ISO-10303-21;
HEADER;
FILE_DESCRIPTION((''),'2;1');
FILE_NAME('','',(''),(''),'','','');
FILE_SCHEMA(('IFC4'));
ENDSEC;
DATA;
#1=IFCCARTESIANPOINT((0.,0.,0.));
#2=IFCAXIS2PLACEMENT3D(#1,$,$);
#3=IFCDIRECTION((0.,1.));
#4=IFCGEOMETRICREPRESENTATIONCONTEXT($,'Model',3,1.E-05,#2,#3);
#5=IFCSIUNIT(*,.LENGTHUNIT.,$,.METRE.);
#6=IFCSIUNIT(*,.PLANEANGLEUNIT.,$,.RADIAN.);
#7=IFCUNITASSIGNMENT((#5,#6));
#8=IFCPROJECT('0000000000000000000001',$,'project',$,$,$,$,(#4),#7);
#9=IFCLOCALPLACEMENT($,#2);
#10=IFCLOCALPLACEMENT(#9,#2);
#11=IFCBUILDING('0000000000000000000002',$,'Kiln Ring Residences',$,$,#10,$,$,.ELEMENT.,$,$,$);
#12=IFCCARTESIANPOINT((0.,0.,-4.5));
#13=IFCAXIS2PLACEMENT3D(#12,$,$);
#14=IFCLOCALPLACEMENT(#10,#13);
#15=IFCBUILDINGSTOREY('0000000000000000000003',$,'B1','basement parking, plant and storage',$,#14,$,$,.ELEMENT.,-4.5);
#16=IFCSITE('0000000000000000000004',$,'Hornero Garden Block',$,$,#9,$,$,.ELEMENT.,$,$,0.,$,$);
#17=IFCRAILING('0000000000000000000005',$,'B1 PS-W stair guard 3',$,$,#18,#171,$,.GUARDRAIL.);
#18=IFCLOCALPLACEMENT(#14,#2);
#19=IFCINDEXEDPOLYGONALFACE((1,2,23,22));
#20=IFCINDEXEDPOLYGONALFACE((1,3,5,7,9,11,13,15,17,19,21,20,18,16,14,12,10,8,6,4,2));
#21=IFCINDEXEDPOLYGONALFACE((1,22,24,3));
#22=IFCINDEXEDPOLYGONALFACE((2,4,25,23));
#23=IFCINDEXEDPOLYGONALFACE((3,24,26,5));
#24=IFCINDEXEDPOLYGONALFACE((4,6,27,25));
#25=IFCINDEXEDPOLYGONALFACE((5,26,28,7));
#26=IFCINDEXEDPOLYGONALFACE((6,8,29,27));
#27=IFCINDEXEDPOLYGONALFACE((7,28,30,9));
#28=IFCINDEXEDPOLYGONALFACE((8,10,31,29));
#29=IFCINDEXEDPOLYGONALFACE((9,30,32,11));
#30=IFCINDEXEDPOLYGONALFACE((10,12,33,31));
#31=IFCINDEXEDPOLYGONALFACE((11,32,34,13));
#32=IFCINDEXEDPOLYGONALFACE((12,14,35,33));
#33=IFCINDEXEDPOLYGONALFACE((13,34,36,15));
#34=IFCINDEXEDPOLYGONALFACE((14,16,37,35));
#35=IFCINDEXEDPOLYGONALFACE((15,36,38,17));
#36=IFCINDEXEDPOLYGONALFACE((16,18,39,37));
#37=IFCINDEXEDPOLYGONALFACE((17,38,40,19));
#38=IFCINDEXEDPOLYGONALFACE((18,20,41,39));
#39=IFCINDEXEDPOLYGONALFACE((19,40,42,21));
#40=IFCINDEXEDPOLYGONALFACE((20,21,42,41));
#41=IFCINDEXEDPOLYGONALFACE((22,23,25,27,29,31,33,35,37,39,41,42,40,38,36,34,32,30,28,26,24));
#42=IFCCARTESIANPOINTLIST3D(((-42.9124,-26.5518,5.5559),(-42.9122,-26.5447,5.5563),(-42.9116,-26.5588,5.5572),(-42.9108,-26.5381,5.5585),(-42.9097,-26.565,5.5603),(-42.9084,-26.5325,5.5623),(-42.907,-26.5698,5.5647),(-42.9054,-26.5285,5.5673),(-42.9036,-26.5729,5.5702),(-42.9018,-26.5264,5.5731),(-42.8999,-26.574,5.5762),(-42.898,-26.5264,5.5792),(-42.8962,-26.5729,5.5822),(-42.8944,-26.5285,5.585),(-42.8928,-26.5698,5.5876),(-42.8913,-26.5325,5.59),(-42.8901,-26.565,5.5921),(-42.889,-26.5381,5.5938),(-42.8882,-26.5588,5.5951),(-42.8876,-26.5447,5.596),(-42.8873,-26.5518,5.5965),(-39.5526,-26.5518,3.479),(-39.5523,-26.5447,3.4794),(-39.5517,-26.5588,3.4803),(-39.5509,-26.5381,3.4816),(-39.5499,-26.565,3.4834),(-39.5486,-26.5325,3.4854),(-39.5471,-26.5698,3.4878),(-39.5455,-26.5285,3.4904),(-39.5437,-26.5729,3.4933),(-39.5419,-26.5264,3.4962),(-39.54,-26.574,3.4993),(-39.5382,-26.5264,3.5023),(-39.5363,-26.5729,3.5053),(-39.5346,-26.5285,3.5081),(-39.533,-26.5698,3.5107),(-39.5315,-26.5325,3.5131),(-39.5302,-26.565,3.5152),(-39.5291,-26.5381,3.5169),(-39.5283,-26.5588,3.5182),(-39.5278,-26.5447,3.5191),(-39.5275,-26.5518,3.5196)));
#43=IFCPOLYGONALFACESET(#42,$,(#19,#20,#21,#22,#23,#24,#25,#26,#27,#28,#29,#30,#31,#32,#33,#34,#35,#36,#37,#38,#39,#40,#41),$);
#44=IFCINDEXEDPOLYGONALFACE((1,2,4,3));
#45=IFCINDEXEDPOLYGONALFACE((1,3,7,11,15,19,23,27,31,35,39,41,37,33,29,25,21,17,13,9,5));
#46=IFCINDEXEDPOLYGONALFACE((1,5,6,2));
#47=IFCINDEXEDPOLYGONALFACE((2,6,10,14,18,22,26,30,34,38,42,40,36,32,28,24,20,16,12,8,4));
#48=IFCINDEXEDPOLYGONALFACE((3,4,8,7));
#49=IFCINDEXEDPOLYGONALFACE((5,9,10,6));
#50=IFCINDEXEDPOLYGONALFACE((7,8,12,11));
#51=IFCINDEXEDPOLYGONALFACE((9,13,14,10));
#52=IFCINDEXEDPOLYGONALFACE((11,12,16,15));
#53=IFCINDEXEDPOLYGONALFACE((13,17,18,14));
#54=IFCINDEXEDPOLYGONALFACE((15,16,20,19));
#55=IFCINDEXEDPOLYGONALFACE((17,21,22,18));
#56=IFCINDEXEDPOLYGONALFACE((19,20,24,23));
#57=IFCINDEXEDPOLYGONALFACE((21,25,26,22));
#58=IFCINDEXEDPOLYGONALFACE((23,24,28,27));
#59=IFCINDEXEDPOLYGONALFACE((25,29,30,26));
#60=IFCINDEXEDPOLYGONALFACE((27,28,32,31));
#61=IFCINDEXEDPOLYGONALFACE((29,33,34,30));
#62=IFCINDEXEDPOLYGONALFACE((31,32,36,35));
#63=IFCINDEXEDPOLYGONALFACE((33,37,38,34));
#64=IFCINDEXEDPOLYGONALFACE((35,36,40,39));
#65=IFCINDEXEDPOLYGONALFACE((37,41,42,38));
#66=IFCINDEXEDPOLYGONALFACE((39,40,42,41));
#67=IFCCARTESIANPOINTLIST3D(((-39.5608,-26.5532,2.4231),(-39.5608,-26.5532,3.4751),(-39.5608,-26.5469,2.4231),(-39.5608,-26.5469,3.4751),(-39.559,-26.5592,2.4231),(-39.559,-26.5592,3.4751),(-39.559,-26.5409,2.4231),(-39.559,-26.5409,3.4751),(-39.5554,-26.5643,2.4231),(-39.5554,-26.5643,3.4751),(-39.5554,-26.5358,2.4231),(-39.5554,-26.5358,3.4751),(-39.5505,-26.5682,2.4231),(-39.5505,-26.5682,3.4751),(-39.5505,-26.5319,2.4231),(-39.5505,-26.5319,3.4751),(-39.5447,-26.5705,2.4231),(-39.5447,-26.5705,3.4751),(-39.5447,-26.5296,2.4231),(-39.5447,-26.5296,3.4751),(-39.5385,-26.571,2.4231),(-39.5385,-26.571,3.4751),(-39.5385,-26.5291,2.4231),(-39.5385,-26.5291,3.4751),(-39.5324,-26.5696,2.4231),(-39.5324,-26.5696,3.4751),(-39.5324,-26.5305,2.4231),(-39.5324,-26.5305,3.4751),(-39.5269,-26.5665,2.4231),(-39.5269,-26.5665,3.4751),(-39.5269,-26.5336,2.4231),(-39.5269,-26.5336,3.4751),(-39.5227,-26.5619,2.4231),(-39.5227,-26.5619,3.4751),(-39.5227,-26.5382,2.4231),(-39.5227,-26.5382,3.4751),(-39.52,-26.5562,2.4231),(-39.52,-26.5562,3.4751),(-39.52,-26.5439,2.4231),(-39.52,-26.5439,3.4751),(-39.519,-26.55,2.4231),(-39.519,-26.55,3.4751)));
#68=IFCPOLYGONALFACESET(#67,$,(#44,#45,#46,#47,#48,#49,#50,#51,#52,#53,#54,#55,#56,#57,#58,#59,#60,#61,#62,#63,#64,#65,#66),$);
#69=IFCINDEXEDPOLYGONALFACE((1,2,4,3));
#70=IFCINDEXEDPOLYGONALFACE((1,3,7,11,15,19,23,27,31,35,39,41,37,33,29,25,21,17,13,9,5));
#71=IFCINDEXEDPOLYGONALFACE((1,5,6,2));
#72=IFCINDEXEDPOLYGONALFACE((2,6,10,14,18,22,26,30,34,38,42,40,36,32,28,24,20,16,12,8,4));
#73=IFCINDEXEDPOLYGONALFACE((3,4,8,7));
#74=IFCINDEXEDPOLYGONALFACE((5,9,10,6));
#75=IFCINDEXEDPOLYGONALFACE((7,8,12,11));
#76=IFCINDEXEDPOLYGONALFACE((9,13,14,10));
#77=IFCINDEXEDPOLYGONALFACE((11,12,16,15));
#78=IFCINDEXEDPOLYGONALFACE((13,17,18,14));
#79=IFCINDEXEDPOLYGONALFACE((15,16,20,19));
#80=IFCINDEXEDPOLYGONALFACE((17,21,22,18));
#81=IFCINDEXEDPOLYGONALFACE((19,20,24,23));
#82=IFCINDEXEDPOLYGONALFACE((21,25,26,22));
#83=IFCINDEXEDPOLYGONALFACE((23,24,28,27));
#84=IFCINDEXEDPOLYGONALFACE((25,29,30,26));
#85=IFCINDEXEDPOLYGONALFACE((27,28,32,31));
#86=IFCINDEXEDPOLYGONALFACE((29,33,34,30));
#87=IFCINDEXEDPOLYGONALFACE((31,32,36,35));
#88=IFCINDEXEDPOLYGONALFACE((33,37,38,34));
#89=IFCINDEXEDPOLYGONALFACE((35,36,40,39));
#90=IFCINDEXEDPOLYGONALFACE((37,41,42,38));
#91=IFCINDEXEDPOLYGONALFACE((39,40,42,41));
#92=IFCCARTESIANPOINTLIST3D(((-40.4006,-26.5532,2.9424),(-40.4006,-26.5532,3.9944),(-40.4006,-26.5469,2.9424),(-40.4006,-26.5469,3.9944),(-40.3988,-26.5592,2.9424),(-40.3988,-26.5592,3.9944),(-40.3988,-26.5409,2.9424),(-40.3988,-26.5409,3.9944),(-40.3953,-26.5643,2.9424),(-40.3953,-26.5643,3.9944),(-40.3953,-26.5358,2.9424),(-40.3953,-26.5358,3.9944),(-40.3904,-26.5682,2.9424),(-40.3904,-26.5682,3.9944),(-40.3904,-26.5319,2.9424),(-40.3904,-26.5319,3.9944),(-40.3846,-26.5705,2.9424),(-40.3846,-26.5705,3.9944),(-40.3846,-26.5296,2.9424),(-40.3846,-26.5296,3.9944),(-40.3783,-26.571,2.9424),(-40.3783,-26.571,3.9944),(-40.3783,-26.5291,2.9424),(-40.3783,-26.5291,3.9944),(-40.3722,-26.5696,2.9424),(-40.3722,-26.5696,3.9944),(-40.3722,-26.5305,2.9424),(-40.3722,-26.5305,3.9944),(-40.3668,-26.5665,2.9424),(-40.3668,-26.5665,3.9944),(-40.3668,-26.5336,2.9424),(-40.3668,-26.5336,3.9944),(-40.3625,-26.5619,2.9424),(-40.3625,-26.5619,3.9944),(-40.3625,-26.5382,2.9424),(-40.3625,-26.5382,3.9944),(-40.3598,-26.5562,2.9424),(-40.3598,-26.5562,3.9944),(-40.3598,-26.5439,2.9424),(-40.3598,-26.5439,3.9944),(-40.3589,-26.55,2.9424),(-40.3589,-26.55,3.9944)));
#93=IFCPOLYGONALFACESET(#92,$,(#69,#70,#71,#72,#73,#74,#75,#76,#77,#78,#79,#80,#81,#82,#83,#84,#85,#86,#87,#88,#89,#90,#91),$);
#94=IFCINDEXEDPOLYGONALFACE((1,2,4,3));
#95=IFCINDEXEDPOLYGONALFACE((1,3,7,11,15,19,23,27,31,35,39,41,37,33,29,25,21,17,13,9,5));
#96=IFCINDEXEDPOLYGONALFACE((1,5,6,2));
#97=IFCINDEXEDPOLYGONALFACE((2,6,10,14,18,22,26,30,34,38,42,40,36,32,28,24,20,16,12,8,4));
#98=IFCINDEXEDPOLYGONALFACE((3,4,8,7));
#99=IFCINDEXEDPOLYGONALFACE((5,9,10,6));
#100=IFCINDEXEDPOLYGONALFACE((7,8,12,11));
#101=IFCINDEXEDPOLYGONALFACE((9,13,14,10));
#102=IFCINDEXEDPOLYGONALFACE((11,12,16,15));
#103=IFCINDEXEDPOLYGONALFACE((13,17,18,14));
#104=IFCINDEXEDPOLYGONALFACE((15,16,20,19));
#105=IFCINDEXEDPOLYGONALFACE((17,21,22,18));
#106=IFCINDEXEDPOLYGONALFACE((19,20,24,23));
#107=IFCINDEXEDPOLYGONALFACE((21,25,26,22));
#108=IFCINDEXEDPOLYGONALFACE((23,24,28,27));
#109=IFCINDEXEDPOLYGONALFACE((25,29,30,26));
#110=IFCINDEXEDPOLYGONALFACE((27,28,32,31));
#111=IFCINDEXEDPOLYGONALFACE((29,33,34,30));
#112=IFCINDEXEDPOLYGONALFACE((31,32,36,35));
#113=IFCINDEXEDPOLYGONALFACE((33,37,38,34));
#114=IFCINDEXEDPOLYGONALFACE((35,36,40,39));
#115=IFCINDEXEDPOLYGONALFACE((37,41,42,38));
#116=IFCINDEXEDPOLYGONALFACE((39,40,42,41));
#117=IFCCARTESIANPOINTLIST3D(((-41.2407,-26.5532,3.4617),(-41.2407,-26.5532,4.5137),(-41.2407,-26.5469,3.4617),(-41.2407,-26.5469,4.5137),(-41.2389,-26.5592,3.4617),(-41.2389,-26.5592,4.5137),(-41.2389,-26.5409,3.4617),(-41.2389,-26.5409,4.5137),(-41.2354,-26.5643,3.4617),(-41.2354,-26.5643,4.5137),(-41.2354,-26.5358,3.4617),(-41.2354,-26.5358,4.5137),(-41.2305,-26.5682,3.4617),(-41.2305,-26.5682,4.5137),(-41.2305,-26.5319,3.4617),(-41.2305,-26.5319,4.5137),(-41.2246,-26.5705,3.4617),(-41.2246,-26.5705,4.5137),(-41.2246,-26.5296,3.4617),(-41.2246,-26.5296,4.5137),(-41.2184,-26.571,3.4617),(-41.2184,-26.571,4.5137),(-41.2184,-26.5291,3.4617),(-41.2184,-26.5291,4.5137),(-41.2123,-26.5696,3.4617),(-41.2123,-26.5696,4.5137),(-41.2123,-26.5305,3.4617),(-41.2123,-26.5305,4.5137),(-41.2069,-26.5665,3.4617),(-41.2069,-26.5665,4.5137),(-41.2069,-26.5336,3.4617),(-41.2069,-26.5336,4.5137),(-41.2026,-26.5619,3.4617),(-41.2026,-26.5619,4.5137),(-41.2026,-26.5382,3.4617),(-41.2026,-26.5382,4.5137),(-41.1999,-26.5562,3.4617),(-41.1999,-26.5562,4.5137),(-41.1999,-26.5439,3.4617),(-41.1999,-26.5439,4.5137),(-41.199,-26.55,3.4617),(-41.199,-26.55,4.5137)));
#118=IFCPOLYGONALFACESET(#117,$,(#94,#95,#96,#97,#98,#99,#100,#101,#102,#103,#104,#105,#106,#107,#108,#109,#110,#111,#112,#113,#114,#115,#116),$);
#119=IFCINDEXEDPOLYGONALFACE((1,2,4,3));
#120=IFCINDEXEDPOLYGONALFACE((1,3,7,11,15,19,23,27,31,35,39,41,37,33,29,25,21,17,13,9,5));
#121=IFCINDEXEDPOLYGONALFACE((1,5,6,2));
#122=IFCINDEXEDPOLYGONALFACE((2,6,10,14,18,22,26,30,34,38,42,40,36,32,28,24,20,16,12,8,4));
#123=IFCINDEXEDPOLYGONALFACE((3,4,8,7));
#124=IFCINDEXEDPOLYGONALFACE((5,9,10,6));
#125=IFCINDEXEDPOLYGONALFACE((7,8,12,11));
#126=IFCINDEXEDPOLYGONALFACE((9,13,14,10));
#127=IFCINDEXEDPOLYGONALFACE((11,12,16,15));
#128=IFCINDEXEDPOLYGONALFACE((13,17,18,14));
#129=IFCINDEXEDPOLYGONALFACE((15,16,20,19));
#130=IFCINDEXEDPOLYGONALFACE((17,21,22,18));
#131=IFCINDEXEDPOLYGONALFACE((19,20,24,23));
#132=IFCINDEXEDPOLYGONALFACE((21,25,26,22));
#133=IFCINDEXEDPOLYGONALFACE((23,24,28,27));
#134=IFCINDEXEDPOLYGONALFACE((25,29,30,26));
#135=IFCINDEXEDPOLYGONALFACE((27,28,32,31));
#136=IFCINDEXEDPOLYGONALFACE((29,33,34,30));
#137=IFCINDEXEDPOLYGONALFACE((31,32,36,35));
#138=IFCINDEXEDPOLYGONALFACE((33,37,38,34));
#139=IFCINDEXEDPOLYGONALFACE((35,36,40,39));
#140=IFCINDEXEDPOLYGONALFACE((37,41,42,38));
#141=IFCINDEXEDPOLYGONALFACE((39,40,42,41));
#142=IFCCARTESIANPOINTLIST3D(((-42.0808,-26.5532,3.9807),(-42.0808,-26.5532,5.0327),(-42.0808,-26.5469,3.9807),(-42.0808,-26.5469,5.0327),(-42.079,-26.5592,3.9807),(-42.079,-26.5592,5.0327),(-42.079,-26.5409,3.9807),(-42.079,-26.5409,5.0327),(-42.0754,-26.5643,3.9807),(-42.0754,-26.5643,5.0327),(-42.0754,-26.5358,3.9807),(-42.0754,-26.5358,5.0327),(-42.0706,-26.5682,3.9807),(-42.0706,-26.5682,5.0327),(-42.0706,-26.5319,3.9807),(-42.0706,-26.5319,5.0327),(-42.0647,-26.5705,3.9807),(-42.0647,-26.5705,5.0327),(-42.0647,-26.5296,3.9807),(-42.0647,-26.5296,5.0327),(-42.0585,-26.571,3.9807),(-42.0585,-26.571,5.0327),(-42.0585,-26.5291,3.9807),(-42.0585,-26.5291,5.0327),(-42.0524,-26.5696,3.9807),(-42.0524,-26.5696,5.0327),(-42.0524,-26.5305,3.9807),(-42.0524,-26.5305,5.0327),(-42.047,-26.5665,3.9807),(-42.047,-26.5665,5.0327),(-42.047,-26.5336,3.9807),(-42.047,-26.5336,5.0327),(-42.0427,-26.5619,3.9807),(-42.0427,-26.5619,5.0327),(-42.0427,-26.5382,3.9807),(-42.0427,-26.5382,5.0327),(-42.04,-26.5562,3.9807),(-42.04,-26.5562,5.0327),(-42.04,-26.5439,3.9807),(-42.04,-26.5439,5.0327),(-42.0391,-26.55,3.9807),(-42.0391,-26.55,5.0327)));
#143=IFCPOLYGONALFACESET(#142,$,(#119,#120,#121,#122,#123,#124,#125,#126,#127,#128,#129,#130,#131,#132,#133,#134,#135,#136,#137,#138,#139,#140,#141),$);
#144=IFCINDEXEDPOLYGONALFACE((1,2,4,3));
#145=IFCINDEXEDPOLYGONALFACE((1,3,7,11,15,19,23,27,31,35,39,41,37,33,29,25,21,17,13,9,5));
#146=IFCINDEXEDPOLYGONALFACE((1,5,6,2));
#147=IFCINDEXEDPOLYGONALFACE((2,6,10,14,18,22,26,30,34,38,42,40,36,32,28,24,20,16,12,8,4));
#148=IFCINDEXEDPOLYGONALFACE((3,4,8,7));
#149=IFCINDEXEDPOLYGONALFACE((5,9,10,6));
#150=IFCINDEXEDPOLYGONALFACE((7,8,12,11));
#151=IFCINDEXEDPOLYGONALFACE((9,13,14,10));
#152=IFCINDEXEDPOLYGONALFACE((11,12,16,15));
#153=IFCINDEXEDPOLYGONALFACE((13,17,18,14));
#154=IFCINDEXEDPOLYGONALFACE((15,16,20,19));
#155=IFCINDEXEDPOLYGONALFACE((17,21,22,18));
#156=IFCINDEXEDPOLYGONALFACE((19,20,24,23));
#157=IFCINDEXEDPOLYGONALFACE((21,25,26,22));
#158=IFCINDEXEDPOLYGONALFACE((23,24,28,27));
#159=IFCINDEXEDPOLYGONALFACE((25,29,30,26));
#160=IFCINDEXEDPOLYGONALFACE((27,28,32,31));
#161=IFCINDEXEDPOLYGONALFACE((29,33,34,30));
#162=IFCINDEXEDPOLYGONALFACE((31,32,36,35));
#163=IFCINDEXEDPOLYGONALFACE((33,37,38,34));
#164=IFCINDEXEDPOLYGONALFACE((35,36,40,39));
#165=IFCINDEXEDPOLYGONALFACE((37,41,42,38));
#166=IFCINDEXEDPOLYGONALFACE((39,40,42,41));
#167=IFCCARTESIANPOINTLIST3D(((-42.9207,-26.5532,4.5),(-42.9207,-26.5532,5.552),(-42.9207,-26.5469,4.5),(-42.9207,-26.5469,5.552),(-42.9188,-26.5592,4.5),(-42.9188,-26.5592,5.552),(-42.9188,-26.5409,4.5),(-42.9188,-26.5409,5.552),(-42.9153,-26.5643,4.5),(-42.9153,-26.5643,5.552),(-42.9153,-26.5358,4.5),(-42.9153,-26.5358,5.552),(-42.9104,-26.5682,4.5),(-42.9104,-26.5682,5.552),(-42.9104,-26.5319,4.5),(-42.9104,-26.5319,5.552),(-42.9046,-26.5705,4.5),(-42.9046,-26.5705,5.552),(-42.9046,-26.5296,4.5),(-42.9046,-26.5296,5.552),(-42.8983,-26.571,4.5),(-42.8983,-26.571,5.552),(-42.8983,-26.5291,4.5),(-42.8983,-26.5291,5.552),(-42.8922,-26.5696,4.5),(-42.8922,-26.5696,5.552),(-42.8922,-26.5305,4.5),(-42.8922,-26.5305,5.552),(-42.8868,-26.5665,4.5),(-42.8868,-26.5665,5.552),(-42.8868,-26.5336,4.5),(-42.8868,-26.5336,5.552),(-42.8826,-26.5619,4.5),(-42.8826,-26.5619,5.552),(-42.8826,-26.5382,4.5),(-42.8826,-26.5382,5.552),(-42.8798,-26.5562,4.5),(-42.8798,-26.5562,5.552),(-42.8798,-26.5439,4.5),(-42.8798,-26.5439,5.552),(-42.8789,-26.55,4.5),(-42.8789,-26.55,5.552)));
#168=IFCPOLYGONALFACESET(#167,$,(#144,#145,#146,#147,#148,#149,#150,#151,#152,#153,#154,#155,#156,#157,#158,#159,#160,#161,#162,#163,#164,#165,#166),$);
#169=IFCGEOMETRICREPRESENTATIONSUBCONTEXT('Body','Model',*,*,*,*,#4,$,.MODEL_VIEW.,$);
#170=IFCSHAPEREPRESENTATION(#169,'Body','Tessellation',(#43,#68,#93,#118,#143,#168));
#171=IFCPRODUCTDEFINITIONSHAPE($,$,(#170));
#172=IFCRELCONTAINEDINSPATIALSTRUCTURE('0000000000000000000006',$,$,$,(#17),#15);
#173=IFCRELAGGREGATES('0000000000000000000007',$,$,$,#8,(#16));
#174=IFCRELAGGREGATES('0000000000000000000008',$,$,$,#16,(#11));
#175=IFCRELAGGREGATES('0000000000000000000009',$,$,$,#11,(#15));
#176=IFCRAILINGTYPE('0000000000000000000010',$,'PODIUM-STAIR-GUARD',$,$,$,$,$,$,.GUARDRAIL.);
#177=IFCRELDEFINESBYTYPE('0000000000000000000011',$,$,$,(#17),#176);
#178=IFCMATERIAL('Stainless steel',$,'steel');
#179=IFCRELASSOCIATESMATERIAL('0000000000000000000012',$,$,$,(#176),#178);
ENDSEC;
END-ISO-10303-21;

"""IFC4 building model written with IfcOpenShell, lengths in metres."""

from ifc_helpers import new_model, si_unit, direction, frame, origin, origin_2d, place, context, subcontext, project, spatial, circle, extrude, material, type_object, element, save


model = new_model("IFC4")

# Units and contexts
model_context = context("Model", 3, precision=1e-05, world=origin(), true_north=direction((0.0, 1.0)))
body_context = subcontext(model_context, "Body", "Model", "MODEL_VIEW")
ifc_project = project(units=[si_unit("LENGTHUNIT", "METRE"), si_unit("PLANEANGLEUNIT", "RADIAN")], contexts=[model_context])

# Site, building, storey
site_placement = place(None, origin())
site = spatial("IfcSite", under=ifc_project, at=site_placement, Name="Hornero Garden Block", CompositionType="ELEMENT", RefElevation=0.0)
building_placement = place(site_placement, origin())
building = spatial("IfcBuilding", under=site, at=building_placement, Name="Kiln Ring Residences", CompositionType="ELEMENT")
storey_placement = place(building_placement, frame((0.0, 0.0, -4.5)))
storey = spatial("IfcBuildingStorey", under=building, at=storey_placement, Name="B1", Description="basement parking, plant and storage", CompositionType="ELEMENT", Elevation=-4.5)

# Railing
ifc_material_1 = material(Name="Stainless steel", Category="steel")
railing_type_1 = type_object("IfcRailingType", Name="PODIUM-STAIR-GUARD", PredefinedType="GUARDRAIL", material=ifc_material_1)
railing_1_placement = place(storey_placement, frame((-39.54, -26.55, 2.4231)))
element("IfcRailing", 1, at=railing_1_placement, inside=storey, type_object=railing_type_1, Name="B1 PS-W stair guard 3", PredefinedType="GUARDRAIL", context=body_context, shape_type="SweptSolid", body=[
    extrude(circle(Radius=0.0239, at=origin_2d()), frame((0.0, 0.0, 1.0762), z_axis=(-0.850606, 0.0, 0.525803), x_axis=(0.0, -1.0, 0.0)), (0.0, 0.0, 1.0), 3.95),
    extrude(circle(Radius=0.021, at=origin_2d()), origin(), (0.0, 0.0, 1.0), 1.052),
    extrude(circle(Radius=0.021, at=origin_2d()), frame((-0.8398, 0.0, 0.5193)), (0.0, 0.0, 1.0), 1.052),
    extrude(circle(Radius=0.021, at=origin_2d()), frame((-1.6799, 0.0, 1.0386)), (0.0, 0.0, 1.0), 1.052),
    extrude(circle(Radius=0.021, at=origin_2d()), frame((-2.52, 0.0, 1.5576)), (0.0, 0.0, 1.0), 1.052),
    extrude(circle(Radius=0.021, at=origin_2d()), frame((-3.3599, 0.0, 2.0769)), (0.0, 0.0, 1.0), 1.052),
])

save(model, "model.ifc")
